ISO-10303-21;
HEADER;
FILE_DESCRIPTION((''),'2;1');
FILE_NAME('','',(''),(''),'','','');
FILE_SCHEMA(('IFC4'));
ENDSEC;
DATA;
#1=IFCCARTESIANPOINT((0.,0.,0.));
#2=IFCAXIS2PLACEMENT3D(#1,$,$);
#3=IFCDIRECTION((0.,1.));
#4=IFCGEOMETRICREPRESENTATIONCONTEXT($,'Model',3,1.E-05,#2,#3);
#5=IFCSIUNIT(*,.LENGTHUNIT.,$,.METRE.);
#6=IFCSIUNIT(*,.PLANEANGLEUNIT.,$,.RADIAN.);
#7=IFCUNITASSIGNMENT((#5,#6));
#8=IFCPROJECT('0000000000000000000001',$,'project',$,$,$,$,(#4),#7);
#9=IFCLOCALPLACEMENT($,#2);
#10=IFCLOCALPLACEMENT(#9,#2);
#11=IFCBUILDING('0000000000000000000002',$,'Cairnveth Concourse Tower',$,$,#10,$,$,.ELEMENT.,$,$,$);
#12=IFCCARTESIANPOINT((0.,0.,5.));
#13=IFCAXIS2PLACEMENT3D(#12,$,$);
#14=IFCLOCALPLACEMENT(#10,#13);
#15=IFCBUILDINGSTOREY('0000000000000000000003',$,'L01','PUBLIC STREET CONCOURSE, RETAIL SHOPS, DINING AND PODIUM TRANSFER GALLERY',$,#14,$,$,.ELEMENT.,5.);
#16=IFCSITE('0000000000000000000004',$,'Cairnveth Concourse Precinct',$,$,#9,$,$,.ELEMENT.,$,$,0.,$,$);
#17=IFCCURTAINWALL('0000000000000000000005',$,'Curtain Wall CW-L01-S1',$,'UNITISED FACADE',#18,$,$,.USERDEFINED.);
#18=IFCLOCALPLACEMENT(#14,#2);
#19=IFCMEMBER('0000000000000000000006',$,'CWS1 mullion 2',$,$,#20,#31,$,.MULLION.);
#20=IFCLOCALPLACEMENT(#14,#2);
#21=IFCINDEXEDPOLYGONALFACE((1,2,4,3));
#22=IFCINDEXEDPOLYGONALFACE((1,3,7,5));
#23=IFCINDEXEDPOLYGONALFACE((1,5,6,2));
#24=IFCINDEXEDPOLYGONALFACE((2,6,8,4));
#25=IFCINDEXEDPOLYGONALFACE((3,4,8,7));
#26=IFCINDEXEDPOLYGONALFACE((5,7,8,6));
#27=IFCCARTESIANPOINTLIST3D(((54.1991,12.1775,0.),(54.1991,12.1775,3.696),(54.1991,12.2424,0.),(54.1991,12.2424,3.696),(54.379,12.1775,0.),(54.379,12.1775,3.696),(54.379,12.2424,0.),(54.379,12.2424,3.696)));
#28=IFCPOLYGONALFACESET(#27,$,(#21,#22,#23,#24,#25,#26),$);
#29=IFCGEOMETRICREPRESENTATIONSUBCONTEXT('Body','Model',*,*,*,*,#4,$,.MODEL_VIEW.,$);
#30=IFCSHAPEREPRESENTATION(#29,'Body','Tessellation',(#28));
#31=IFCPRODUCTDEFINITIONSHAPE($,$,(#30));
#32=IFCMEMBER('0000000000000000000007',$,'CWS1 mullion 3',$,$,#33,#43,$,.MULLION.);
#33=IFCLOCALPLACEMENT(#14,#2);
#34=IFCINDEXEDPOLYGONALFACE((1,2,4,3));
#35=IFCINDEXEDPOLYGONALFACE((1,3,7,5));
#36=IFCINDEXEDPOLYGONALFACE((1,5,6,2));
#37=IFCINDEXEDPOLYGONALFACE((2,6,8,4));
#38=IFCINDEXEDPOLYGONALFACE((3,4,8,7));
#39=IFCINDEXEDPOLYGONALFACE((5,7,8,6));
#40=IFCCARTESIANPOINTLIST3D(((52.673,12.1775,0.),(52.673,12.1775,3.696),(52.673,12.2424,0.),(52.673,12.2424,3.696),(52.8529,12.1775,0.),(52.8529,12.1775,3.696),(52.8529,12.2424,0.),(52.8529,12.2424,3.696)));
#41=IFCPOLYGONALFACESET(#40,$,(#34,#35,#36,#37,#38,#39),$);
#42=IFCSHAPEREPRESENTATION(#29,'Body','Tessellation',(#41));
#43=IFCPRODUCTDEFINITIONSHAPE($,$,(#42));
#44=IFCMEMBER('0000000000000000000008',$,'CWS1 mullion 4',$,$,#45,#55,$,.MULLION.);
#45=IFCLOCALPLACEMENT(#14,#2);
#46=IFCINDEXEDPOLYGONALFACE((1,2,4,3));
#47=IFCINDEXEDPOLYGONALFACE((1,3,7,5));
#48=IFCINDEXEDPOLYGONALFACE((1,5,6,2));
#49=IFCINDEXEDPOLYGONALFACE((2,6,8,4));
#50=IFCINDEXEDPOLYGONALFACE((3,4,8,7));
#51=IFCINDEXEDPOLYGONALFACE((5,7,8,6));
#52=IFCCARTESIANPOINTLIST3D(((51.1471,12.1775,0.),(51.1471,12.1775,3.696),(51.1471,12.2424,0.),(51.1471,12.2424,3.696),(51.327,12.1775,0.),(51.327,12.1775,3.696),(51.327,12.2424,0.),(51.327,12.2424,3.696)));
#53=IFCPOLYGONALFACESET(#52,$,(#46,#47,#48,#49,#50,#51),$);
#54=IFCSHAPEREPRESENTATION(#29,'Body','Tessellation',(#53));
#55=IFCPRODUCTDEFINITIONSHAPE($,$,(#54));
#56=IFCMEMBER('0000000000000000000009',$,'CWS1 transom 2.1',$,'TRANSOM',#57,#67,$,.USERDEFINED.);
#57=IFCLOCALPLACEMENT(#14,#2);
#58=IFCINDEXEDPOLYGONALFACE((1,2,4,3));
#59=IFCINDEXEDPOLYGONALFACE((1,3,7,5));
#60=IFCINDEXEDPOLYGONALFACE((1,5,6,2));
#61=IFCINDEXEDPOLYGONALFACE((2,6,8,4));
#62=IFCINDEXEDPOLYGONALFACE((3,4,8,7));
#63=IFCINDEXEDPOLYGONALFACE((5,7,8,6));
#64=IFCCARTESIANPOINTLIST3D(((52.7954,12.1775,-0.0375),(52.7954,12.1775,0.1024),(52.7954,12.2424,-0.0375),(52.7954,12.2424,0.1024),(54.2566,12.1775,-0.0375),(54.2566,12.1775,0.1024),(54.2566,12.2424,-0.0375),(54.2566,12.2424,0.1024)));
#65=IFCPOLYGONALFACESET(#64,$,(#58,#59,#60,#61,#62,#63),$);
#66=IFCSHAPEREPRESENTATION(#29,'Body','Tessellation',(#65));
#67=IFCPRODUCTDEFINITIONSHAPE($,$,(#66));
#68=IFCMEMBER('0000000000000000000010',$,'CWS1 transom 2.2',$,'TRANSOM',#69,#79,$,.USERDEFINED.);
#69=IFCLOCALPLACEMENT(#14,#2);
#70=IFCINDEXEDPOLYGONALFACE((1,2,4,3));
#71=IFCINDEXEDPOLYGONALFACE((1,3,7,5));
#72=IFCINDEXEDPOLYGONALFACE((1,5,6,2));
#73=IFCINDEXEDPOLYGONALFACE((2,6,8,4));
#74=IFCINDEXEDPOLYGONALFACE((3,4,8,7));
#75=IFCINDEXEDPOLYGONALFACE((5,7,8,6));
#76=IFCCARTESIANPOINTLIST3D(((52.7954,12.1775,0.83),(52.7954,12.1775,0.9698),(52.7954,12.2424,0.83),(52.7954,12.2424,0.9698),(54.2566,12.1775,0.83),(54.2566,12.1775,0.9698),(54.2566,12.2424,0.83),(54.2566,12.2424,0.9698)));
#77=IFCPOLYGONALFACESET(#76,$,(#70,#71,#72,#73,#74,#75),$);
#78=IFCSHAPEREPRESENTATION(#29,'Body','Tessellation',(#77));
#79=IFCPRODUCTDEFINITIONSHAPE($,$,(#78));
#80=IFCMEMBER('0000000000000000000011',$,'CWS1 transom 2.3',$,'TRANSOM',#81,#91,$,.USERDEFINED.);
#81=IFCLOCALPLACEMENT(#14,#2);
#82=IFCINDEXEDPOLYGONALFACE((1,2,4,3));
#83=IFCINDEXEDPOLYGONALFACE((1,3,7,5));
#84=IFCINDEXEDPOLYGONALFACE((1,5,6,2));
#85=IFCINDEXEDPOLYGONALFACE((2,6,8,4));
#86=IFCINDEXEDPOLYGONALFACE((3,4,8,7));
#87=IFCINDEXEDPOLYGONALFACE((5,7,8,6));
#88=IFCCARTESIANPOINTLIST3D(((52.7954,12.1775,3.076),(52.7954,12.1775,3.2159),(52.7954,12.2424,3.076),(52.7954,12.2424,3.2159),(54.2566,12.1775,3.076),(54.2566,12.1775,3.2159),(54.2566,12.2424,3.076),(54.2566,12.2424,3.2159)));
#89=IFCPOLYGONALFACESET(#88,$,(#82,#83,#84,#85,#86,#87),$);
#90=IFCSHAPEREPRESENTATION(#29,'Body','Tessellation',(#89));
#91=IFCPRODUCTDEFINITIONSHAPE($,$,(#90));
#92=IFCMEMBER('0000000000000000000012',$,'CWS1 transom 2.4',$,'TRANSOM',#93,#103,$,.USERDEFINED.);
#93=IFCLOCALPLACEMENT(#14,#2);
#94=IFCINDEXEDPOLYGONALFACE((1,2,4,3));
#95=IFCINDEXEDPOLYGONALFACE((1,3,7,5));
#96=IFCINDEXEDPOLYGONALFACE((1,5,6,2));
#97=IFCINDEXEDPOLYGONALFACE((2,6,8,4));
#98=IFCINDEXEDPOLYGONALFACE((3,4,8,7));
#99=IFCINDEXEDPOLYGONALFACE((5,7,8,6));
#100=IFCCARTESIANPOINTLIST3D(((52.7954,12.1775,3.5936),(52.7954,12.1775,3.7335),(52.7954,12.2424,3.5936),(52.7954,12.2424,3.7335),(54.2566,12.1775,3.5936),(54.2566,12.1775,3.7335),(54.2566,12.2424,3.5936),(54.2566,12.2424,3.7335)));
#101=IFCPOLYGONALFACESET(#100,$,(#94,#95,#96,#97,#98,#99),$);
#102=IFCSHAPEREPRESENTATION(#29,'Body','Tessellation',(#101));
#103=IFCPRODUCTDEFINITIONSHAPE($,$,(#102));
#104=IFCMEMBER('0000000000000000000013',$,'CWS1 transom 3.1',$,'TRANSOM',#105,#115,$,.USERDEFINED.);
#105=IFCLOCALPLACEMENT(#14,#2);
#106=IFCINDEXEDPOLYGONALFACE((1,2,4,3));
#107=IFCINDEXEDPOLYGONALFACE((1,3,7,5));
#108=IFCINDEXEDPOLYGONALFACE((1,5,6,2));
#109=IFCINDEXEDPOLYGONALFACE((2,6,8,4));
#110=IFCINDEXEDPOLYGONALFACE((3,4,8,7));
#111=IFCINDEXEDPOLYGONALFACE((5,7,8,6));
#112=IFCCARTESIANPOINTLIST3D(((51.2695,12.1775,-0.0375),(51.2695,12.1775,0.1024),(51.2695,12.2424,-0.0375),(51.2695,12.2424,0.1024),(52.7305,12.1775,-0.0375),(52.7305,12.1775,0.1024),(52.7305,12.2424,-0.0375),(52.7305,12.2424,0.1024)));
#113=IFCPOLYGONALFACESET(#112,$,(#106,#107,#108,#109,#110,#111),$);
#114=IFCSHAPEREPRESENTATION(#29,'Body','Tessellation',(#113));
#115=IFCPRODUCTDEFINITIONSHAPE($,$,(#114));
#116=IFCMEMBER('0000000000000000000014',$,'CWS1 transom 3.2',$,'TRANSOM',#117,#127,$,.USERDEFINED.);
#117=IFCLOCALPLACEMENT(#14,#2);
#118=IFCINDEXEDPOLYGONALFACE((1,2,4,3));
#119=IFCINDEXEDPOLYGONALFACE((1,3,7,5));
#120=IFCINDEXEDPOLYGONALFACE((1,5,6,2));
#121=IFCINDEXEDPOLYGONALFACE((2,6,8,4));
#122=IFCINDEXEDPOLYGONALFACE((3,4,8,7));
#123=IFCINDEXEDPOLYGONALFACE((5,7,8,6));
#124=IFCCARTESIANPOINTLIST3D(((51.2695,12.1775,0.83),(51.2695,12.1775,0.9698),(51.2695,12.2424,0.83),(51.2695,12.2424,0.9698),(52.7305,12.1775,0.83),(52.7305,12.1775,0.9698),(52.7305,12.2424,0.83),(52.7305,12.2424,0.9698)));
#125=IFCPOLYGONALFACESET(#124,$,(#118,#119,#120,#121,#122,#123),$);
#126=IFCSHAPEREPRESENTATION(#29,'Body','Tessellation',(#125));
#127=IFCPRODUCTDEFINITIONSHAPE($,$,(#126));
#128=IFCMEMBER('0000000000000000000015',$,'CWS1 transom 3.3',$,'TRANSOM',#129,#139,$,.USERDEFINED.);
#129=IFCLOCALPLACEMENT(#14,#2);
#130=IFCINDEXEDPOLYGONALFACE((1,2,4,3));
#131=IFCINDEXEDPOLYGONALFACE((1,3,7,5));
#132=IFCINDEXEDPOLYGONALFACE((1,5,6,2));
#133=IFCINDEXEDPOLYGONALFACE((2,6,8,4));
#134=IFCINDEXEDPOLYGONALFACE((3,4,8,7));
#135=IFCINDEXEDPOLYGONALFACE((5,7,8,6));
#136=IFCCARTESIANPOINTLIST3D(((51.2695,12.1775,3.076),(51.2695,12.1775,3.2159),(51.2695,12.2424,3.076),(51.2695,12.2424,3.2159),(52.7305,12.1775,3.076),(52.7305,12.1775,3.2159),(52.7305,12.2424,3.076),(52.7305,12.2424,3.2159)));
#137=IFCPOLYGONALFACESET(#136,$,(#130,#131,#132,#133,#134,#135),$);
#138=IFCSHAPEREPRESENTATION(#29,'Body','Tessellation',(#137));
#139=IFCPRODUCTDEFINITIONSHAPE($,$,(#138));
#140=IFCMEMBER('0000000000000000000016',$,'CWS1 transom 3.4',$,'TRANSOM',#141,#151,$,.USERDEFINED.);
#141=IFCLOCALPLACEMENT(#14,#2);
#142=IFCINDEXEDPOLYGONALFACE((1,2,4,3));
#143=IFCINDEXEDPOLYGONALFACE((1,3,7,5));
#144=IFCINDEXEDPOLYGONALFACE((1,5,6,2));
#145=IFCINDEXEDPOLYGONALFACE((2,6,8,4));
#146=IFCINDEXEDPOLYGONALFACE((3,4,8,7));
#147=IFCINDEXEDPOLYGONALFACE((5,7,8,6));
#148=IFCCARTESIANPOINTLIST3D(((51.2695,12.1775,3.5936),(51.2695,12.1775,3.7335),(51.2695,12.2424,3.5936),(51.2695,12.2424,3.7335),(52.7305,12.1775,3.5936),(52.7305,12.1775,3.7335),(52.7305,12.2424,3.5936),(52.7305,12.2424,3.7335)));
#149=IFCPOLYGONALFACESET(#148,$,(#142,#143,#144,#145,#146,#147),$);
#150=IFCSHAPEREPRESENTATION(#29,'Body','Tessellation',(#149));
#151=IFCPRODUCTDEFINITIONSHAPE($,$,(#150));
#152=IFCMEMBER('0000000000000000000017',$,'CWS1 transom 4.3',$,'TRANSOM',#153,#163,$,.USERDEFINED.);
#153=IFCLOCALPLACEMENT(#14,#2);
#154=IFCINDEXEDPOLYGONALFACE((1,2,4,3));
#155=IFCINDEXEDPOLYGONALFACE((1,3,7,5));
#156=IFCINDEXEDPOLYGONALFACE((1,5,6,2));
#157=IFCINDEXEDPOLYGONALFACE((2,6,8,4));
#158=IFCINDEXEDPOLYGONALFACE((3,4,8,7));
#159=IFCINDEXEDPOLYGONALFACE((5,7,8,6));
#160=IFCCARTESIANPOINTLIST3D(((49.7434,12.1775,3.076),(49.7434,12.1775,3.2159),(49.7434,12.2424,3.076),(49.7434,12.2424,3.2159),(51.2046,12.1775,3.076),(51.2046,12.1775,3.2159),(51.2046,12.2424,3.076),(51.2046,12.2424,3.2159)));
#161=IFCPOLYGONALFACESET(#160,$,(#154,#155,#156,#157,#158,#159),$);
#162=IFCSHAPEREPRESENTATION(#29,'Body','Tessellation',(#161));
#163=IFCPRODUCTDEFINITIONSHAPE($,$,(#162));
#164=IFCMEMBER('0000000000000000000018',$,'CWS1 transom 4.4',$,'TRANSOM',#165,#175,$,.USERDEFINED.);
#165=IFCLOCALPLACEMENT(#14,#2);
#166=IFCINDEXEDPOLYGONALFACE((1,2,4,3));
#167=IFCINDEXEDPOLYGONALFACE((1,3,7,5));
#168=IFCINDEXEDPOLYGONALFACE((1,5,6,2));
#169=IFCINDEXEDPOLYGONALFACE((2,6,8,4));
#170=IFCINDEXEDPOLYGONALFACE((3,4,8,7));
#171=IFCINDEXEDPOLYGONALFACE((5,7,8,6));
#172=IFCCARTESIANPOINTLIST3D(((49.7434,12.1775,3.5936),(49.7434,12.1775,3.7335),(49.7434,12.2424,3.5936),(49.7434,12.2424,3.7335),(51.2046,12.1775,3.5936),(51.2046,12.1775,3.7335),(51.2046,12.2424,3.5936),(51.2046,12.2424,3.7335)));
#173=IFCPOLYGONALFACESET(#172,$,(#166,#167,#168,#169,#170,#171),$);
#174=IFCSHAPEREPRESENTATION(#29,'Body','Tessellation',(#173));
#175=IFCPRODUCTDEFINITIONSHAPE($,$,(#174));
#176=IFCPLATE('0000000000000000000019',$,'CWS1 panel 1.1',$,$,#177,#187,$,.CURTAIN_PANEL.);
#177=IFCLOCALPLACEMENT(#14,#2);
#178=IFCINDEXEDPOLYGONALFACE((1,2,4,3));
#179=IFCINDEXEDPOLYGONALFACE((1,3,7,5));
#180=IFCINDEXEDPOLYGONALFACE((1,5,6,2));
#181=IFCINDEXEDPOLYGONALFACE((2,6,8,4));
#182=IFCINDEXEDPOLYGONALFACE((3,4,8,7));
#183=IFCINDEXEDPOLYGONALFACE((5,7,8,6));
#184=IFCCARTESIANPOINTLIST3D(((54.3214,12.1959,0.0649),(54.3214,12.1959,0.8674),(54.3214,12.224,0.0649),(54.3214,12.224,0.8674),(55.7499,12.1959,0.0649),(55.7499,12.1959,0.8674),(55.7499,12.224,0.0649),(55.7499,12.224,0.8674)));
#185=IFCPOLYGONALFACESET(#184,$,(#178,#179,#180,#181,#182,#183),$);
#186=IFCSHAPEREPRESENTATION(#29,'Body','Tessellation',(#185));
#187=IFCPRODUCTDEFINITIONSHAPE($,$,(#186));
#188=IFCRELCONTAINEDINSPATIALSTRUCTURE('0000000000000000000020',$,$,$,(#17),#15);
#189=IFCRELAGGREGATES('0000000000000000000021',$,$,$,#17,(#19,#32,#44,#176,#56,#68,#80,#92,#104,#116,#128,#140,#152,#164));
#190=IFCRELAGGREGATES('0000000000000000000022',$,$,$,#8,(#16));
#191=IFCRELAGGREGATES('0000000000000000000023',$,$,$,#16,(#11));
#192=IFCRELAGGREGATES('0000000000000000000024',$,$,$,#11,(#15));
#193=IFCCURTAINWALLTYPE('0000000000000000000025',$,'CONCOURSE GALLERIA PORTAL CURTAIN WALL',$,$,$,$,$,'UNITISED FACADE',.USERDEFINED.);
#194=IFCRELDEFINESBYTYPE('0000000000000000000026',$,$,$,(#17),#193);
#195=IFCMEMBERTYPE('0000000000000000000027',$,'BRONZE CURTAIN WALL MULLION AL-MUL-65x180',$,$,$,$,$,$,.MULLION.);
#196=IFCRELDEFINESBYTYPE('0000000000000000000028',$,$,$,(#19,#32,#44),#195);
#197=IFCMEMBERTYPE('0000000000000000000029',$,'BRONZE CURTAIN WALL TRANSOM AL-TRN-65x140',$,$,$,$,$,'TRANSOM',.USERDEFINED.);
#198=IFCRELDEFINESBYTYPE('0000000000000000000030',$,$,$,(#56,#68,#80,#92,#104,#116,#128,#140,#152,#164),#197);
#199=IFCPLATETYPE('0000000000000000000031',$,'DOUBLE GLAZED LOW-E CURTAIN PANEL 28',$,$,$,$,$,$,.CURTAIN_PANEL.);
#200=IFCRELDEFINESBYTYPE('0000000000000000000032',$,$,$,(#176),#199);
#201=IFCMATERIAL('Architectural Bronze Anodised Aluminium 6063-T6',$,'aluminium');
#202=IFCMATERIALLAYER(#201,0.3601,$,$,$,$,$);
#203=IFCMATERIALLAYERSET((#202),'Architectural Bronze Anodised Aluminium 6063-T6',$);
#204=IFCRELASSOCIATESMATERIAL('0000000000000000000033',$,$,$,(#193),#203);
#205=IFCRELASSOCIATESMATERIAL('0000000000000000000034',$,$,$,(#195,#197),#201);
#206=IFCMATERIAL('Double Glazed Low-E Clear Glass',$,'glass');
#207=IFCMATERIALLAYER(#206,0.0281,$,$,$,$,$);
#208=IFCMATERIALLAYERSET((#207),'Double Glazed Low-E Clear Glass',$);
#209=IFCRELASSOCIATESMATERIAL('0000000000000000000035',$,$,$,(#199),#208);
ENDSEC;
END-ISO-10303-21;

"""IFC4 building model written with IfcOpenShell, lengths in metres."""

from ifc_helpers import new_model, si_unit, direction, frame, origin, origin_2d, place, context, subcontext, project, spatial, rectangle, extrude, material, layer, layer_set, material_profile, profile_set, type_object, element, aggregate, save


model = new_model("IFC4")

# Units and contexts
model_context = context("Model", 3, precision=1e-05, world=origin(), true_north=direction((0.0, 1.0)))
body_context = subcontext(model_context, "Body", "Model", "MODEL_VIEW")
ifc_project = project(units=[si_unit("LENGTHUNIT", "METRE"), si_unit("PLANEANGLEUNIT", "RADIAN")], contexts=[model_context])

# Site, building, storey
site_placement = place(None, origin())
site = spatial("IfcSite", under=ifc_project, at=site_placement, Name="Cairnveth Concourse Precinct", CompositionType="ELEMENT", RefElevation=0.0)
building_placement = place(site_placement, origin())
building = spatial("IfcBuilding", under=site, at=building_placement, Name="Cairnveth Concourse Tower", CompositionType="ELEMENT")
storey_placement = place(building_placement, frame((0.0, 0.0, 5.0)))
storey = spatial("IfcBuildingStorey", under=building, at=storey_placement, Name="L01", Description="PUBLIC STREET CONCOURSE, RETAIL SHOPS, DINING AND PODIUM TRANSFER GALLERY", CompositionType="ELEMENT", Elevation=5.0)

# Curtain wall, members, plate
ifc_material_1 = material(Name="Architectural Bronze Anodised Aluminium 6063-T6", Category="aluminium")
ifc_layer_1 = layer(ifc_material_1, 0.3601)
ifc_layer_set_1 = layer_set([ifc_layer_1], Name="Architectural Bronze Anodised Aluminium 6063-T6")
curtain_wall_type = type_object("IfcCurtainWallType", Name="CONCOURSE GALLERIA PORTAL CURTAIN WALL", ElementType="UNITISED FACADE", PredefinedType="USERDEFINED", material=ifc_layer_set_1)
curtain_wall_placement = place(storey_placement, origin())
curtain_wall = element("IfcCurtainWall", 1, at=curtain_wall_placement, inside=storey, type_object=curtain_wall_type, Name="Curtain Wall CW-L01-S1", ObjectType="UNITISED FACADE", PredefinedType="USERDEFINED")
ifc_material_profile_1 = material_profile(ifc_material_1, rectangle(XDim=0.0649, YDim=0.1799, at=origin_2d()), Name="AL-MUL-65x180")
ifc_profile_set_1 = profile_set([ifc_material_profile_1], Name="Architectural Bronze Anodised Aluminium 6063-T6")
member_type_1 = type_object("IfcMemberType", Name="BRONZE CURTAIN WALL MULLION AL-MUL-65x180", PredefinedType="MULLION", material=ifc_profile_set_1)
member_1_placement = place(storey_placement, frame((54.2891, 12.21, 0.0), z_axis=(0.0, 0.0, 1.0), x_axis=(0.0, -1.0, 0.0)))
member_1 = element("IfcMember", 2, at=member_1_placement, type_object=member_type_1, Name="CWS1 mullion 2", PredefinedType="MULLION", context=body_context, shape_type="SweptSolid", body=[
    extrude(rectangle(XDim=0.0649, YDim=0.1799, at=origin_2d()), origin(), (0.0, 0.0, 1.0), 3.696),
])
member_2_placement = place(storey_placement, frame((52.7629, 12.21, 0.0), z_axis=(0.0, 0.0, 1.0), x_axis=(0.0, -1.0, 0.0)))
member_2 = element("IfcMember", 3, at=member_2_placement, type_object=member_type_1, Name="CWS1 mullion 3", PredefinedType="MULLION", context=body_context, shape_type="SweptSolid", body=[
    extrude(rectangle(XDim=0.0649, YDim=0.1799, at=origin_2d()), origin(), (0.0, 0.0, 1.0), 3.696),
])
member_3_placement = place(storey_placement, frame((51.2371, 12.21, 0.0), z_axis=(0.0, 0.0, 1.0), x_axis=(0.0, -1.0, 0.0)))
member_3 = element("IfcMember", 4, at=member_3_placement, type_object=member_type_1, Name="CWS1 mullion 4", PredefinedType="MULLION", context=body_context, shape_type="SweptSolid", body=[
    extrude(rectangle(XDim=0.0649, YDim=0.1799, at=origin_2d()), origin(), (0.0, 0.0, 1.0), 3.696),
])
ifc_material_profile_2 = material_profile(ifc_material_1, rectangle(XDim=0.0649, YDim=0.1399, at=origin_2d()), Name="AL-TRN-65x140")
ifc_profile_set_2 = profile_set([ifc_material_profile_2], Name="Architectural Bronze Anodised Aluminium 6063-T6")
member_type_2 = type_object("IfcMemberType", Name="BRONZE CURTAIN WALL TRANSOM AL-TRN-65x140", ElementType="TRANSOM", PredefinedType="USERDEFINED", material=ifc_profile_set_2)
member_4_placement = place(storey_placement, frame((54.2566, 12.21, 0.0325), z_axis=(-1.0, 0.0, 0.0), x_axis=(0.0, -1.0, 0.0)))
member_4 = element("IfcMember", 5, at=member_4_placement, type_object=member_type_2, Name="CWS1 transom 2.1", ObjectType="TRANSOM", PredefinedType="USERDEFINED", context=body_context, shape_type="SweptSolid", body=[
    extrude(rectangle(XDim=0.0649, YDim=0.1399, at=origin_2d()), origin(), (0.0, 0.0, 1.0), 1.4612),
])
member_5_placement = place(storey_placement, frame((54.2566, 12.21, 0.8999), z_axis=(-1.0, 0.0, 0.0), x_axis=(0.0, -1.0, 0.0)))
member_5 = element("IfcMember", 6, at=member_5_placement, type_object=member_type_2, Name="CWS1 transom 2.2", ObjectType="TRANSOM", PredefinedType="USERDEFINED", context=body_context, shape_type="SweptSolid", body=[
    extrude(rectangle(XDim=0.0649, YDim=0.1399, at=origin_2d()), origin(), (0.0, 0.0, 1.0), 1.4612),
])
member_6_placement = place(storey_placement, frame((54.2566, 12.21, 3.146), z_axis=(-1.0, 0.0, 0.0), x_axis=(0.0, -1.0, 0.0)))
member_6 = element("IfcMember", 7, at=member_6_placement, type_object=member_type_2, Name="CWS1 transom 2.3", ObjectType="TRANSOM", PredefinedType="USERDEFINED", context=body_context, shape_type="SweptSolid", body=[
    extrude(rectangle(XDim=0.0649, YDim=0.1399, at=origin_2d()), origin(), (0.0, 0.0, 1.0), 1.4612),
])
member_7_placement = place(storey_placement, frame((54.2566, 12.21, 3.6636), z_axis=(-1.0, 0.0, 0.0), x_axis=(0.0, -1.0, 0.0)))
member_7 = element("IfcMember", 8, at=member_7_placement, type_object=member_type_2, Name="CWS1 transom 2.4", ObjectType="TRANSOM", PredefinedType="USERDEFINED", context=body_context, shape_type="SweptSolid", body=[
    extrude(rectangle(XDim=0.0649, YDim=0.1399, at=origin_2d()), origin(), (0.0, 0.0, 1.0), 1.4612),
])
member_8_placement = place(storey_placement, frame((52.7305, 12.21, 0.0325), z_axis=(-1.0, 0.0, 0.0), x_axis=(0.0, -1.0, 0.0)))
member_8 = element("IfcMember", 9, at=member_8_placement, type_object=member_type_2, Name="CWS1 transom 3.1", ObjectType="TRANSOM", PredefinedType="USERDEFINED", context=body_context, shape_type="SweptSolid", body=[
    extrude(rectangle(XDim=0.0649, YDim=0.1399, at=origin_2d()), origin(), (0.0, 0.0, 1.0), 1.4609),
])
member_9_placement = place(storey_placement, frame((52.7305, 12.21, 0.8999), z_axis=(-1.0, 0.0, 0.0), x_axis=(0.0, -1.0, 0.0)))
member_9 = element("IfcMember", 10, at=member_9_placement, type_object=member_type_2, Name="CWS1 transom 3.2", ObjectType="TRANSOM", PredefinedType="USERDEFINED", context=body_context, shape_type="SweptSolid", body=[
    extrude(rectangle(XDim=0.0649, YDim=0.1399, at=origin_2d()), origin(), (0.0, 0.0, 1.0), 1.4609),
])
member_10_placement = place(storey_placement, frame((52.7305, 12.21, 3.146), z_axis=(-1.0, 0.0, 0.0), x_axis=(0.0, -1.0, 0.0)))
member_10 = element("IfcMember", 11, at=member_10_placement, type_object=member_type_2, Name="CWS1 transom 3.3", ObjectType="TRANSOM", PredefinedType="USERDEFINED", context=body_context, shape_type="SweptSolid", body=[
    extrude(rectangle(XDim=0.0649, YDim=0.1399, at=origin_2d()), origin(), (0.0, 0.0, 1.0), 1.4609),
])
member_11_placement = place(storey_placement, frame((52.7305, 12.21, 3.6636), z_axis=(-1.0, 0.0, 0.0), x_axis=(0.0, -1.0, 0.0)))
member_11 = element("IfcMember", 12, at=member_11_placement, type_object=member_type_2, Name="CWS1 transom 3.4", ObjectType="TRANSOM", PredefinedType="USERDEFINED", context=body_context, shape_type="SweptSolid", body=[
    extrude(rectangle(XDim=0.0649, YDim=0.1399, at=origin_2d()), origin(), (0.0, 0.0, 1.0), 1.4609),
])
member_12_placement = place(storey_placement, frame((51.2046, 12.21, 3.146), z_axis=(-1.0, 0.0, 0.0), x_axis=(0.0, -1.0, 0.0)))
member_12 = element("IfcMember", 13, at=member_12_placement, type_object=member_type_2, Name="CWS1 transom 4.3", ObjectType="TRANSOM", PredefinedType="USERDEFINED", context=body_context, shape_type="SweptSolid", body=[
    extrude(rectangle(XDim=0.0649, YDim=0.1399, at=origin_2d()), origin(), (0.0, 0.0, 1.0), 1.4612),
])
member_13_placement = place(storey_placement, frame((51.2046, 12.21, 3.6636), z_axis=(-1.0, 0.0, 0.0), x_axis=(0.0, -1.0, 0.0)))
member_13 = element("IfcMember", 14, at=member_13_placement, type_object=member_type_2, Name="CWS1 transom 4.4", ObjectType="TRANSOM", PredefinedType="USERDEFINED", context=body_context, shape_type="SweptSolid", body=[
    extrude(rectangle(XDim=0.0649, YDim=0.1399, at=origin_2d()), origin(), (0.0, 0.0, 1.0), 1.4612),
])
ifc_material_2 = material(Name="Double Glazed Low-E Clear Glass", Category="glass")
ifc_layer_2 = layer(ifc_material_2, 0.0281)
ifc_layer_set_2 = layer_set([ifc_layer_2], Name="Double Glazed Low-E Clear Glass")
plate_type = type_object("IfcPlateType", Name="DOUBLE GLAZED LOW-E CURTAIN PANEL 28", PredefinedType="CURTAIN_PANEL", material=ifc_layer_set_2)
plate_1_placement = place(storey_placement, frame((55.0356, 12.21, 0.0649), z_axis=(0.0, 0.0, 1.0), x_axis=(-1.0, 0.0, 0.0)))
plate_1 = element("IfcPlate", 15, at=plate_1_placement, type_object=plate_type, Name="CWS1 panel 1.1", PredefinedType="CURTAIN_PANEL", context=body_context, shape_type="SweptSolid", body=[
    extrude(rectangle(XDim=1.4285, YDim=0.0281, at=origin_2d()), origin(), (0.0, 0.0, 1.0), 0.8025),
])
aggregate(curtain_wall, [member_1, member_2, member_3, plate_1, member_4, member_5, member_6, member_7, member_8, member_9, member_10, member_11, member_12, member_13])

save(model, "model.ifc")
